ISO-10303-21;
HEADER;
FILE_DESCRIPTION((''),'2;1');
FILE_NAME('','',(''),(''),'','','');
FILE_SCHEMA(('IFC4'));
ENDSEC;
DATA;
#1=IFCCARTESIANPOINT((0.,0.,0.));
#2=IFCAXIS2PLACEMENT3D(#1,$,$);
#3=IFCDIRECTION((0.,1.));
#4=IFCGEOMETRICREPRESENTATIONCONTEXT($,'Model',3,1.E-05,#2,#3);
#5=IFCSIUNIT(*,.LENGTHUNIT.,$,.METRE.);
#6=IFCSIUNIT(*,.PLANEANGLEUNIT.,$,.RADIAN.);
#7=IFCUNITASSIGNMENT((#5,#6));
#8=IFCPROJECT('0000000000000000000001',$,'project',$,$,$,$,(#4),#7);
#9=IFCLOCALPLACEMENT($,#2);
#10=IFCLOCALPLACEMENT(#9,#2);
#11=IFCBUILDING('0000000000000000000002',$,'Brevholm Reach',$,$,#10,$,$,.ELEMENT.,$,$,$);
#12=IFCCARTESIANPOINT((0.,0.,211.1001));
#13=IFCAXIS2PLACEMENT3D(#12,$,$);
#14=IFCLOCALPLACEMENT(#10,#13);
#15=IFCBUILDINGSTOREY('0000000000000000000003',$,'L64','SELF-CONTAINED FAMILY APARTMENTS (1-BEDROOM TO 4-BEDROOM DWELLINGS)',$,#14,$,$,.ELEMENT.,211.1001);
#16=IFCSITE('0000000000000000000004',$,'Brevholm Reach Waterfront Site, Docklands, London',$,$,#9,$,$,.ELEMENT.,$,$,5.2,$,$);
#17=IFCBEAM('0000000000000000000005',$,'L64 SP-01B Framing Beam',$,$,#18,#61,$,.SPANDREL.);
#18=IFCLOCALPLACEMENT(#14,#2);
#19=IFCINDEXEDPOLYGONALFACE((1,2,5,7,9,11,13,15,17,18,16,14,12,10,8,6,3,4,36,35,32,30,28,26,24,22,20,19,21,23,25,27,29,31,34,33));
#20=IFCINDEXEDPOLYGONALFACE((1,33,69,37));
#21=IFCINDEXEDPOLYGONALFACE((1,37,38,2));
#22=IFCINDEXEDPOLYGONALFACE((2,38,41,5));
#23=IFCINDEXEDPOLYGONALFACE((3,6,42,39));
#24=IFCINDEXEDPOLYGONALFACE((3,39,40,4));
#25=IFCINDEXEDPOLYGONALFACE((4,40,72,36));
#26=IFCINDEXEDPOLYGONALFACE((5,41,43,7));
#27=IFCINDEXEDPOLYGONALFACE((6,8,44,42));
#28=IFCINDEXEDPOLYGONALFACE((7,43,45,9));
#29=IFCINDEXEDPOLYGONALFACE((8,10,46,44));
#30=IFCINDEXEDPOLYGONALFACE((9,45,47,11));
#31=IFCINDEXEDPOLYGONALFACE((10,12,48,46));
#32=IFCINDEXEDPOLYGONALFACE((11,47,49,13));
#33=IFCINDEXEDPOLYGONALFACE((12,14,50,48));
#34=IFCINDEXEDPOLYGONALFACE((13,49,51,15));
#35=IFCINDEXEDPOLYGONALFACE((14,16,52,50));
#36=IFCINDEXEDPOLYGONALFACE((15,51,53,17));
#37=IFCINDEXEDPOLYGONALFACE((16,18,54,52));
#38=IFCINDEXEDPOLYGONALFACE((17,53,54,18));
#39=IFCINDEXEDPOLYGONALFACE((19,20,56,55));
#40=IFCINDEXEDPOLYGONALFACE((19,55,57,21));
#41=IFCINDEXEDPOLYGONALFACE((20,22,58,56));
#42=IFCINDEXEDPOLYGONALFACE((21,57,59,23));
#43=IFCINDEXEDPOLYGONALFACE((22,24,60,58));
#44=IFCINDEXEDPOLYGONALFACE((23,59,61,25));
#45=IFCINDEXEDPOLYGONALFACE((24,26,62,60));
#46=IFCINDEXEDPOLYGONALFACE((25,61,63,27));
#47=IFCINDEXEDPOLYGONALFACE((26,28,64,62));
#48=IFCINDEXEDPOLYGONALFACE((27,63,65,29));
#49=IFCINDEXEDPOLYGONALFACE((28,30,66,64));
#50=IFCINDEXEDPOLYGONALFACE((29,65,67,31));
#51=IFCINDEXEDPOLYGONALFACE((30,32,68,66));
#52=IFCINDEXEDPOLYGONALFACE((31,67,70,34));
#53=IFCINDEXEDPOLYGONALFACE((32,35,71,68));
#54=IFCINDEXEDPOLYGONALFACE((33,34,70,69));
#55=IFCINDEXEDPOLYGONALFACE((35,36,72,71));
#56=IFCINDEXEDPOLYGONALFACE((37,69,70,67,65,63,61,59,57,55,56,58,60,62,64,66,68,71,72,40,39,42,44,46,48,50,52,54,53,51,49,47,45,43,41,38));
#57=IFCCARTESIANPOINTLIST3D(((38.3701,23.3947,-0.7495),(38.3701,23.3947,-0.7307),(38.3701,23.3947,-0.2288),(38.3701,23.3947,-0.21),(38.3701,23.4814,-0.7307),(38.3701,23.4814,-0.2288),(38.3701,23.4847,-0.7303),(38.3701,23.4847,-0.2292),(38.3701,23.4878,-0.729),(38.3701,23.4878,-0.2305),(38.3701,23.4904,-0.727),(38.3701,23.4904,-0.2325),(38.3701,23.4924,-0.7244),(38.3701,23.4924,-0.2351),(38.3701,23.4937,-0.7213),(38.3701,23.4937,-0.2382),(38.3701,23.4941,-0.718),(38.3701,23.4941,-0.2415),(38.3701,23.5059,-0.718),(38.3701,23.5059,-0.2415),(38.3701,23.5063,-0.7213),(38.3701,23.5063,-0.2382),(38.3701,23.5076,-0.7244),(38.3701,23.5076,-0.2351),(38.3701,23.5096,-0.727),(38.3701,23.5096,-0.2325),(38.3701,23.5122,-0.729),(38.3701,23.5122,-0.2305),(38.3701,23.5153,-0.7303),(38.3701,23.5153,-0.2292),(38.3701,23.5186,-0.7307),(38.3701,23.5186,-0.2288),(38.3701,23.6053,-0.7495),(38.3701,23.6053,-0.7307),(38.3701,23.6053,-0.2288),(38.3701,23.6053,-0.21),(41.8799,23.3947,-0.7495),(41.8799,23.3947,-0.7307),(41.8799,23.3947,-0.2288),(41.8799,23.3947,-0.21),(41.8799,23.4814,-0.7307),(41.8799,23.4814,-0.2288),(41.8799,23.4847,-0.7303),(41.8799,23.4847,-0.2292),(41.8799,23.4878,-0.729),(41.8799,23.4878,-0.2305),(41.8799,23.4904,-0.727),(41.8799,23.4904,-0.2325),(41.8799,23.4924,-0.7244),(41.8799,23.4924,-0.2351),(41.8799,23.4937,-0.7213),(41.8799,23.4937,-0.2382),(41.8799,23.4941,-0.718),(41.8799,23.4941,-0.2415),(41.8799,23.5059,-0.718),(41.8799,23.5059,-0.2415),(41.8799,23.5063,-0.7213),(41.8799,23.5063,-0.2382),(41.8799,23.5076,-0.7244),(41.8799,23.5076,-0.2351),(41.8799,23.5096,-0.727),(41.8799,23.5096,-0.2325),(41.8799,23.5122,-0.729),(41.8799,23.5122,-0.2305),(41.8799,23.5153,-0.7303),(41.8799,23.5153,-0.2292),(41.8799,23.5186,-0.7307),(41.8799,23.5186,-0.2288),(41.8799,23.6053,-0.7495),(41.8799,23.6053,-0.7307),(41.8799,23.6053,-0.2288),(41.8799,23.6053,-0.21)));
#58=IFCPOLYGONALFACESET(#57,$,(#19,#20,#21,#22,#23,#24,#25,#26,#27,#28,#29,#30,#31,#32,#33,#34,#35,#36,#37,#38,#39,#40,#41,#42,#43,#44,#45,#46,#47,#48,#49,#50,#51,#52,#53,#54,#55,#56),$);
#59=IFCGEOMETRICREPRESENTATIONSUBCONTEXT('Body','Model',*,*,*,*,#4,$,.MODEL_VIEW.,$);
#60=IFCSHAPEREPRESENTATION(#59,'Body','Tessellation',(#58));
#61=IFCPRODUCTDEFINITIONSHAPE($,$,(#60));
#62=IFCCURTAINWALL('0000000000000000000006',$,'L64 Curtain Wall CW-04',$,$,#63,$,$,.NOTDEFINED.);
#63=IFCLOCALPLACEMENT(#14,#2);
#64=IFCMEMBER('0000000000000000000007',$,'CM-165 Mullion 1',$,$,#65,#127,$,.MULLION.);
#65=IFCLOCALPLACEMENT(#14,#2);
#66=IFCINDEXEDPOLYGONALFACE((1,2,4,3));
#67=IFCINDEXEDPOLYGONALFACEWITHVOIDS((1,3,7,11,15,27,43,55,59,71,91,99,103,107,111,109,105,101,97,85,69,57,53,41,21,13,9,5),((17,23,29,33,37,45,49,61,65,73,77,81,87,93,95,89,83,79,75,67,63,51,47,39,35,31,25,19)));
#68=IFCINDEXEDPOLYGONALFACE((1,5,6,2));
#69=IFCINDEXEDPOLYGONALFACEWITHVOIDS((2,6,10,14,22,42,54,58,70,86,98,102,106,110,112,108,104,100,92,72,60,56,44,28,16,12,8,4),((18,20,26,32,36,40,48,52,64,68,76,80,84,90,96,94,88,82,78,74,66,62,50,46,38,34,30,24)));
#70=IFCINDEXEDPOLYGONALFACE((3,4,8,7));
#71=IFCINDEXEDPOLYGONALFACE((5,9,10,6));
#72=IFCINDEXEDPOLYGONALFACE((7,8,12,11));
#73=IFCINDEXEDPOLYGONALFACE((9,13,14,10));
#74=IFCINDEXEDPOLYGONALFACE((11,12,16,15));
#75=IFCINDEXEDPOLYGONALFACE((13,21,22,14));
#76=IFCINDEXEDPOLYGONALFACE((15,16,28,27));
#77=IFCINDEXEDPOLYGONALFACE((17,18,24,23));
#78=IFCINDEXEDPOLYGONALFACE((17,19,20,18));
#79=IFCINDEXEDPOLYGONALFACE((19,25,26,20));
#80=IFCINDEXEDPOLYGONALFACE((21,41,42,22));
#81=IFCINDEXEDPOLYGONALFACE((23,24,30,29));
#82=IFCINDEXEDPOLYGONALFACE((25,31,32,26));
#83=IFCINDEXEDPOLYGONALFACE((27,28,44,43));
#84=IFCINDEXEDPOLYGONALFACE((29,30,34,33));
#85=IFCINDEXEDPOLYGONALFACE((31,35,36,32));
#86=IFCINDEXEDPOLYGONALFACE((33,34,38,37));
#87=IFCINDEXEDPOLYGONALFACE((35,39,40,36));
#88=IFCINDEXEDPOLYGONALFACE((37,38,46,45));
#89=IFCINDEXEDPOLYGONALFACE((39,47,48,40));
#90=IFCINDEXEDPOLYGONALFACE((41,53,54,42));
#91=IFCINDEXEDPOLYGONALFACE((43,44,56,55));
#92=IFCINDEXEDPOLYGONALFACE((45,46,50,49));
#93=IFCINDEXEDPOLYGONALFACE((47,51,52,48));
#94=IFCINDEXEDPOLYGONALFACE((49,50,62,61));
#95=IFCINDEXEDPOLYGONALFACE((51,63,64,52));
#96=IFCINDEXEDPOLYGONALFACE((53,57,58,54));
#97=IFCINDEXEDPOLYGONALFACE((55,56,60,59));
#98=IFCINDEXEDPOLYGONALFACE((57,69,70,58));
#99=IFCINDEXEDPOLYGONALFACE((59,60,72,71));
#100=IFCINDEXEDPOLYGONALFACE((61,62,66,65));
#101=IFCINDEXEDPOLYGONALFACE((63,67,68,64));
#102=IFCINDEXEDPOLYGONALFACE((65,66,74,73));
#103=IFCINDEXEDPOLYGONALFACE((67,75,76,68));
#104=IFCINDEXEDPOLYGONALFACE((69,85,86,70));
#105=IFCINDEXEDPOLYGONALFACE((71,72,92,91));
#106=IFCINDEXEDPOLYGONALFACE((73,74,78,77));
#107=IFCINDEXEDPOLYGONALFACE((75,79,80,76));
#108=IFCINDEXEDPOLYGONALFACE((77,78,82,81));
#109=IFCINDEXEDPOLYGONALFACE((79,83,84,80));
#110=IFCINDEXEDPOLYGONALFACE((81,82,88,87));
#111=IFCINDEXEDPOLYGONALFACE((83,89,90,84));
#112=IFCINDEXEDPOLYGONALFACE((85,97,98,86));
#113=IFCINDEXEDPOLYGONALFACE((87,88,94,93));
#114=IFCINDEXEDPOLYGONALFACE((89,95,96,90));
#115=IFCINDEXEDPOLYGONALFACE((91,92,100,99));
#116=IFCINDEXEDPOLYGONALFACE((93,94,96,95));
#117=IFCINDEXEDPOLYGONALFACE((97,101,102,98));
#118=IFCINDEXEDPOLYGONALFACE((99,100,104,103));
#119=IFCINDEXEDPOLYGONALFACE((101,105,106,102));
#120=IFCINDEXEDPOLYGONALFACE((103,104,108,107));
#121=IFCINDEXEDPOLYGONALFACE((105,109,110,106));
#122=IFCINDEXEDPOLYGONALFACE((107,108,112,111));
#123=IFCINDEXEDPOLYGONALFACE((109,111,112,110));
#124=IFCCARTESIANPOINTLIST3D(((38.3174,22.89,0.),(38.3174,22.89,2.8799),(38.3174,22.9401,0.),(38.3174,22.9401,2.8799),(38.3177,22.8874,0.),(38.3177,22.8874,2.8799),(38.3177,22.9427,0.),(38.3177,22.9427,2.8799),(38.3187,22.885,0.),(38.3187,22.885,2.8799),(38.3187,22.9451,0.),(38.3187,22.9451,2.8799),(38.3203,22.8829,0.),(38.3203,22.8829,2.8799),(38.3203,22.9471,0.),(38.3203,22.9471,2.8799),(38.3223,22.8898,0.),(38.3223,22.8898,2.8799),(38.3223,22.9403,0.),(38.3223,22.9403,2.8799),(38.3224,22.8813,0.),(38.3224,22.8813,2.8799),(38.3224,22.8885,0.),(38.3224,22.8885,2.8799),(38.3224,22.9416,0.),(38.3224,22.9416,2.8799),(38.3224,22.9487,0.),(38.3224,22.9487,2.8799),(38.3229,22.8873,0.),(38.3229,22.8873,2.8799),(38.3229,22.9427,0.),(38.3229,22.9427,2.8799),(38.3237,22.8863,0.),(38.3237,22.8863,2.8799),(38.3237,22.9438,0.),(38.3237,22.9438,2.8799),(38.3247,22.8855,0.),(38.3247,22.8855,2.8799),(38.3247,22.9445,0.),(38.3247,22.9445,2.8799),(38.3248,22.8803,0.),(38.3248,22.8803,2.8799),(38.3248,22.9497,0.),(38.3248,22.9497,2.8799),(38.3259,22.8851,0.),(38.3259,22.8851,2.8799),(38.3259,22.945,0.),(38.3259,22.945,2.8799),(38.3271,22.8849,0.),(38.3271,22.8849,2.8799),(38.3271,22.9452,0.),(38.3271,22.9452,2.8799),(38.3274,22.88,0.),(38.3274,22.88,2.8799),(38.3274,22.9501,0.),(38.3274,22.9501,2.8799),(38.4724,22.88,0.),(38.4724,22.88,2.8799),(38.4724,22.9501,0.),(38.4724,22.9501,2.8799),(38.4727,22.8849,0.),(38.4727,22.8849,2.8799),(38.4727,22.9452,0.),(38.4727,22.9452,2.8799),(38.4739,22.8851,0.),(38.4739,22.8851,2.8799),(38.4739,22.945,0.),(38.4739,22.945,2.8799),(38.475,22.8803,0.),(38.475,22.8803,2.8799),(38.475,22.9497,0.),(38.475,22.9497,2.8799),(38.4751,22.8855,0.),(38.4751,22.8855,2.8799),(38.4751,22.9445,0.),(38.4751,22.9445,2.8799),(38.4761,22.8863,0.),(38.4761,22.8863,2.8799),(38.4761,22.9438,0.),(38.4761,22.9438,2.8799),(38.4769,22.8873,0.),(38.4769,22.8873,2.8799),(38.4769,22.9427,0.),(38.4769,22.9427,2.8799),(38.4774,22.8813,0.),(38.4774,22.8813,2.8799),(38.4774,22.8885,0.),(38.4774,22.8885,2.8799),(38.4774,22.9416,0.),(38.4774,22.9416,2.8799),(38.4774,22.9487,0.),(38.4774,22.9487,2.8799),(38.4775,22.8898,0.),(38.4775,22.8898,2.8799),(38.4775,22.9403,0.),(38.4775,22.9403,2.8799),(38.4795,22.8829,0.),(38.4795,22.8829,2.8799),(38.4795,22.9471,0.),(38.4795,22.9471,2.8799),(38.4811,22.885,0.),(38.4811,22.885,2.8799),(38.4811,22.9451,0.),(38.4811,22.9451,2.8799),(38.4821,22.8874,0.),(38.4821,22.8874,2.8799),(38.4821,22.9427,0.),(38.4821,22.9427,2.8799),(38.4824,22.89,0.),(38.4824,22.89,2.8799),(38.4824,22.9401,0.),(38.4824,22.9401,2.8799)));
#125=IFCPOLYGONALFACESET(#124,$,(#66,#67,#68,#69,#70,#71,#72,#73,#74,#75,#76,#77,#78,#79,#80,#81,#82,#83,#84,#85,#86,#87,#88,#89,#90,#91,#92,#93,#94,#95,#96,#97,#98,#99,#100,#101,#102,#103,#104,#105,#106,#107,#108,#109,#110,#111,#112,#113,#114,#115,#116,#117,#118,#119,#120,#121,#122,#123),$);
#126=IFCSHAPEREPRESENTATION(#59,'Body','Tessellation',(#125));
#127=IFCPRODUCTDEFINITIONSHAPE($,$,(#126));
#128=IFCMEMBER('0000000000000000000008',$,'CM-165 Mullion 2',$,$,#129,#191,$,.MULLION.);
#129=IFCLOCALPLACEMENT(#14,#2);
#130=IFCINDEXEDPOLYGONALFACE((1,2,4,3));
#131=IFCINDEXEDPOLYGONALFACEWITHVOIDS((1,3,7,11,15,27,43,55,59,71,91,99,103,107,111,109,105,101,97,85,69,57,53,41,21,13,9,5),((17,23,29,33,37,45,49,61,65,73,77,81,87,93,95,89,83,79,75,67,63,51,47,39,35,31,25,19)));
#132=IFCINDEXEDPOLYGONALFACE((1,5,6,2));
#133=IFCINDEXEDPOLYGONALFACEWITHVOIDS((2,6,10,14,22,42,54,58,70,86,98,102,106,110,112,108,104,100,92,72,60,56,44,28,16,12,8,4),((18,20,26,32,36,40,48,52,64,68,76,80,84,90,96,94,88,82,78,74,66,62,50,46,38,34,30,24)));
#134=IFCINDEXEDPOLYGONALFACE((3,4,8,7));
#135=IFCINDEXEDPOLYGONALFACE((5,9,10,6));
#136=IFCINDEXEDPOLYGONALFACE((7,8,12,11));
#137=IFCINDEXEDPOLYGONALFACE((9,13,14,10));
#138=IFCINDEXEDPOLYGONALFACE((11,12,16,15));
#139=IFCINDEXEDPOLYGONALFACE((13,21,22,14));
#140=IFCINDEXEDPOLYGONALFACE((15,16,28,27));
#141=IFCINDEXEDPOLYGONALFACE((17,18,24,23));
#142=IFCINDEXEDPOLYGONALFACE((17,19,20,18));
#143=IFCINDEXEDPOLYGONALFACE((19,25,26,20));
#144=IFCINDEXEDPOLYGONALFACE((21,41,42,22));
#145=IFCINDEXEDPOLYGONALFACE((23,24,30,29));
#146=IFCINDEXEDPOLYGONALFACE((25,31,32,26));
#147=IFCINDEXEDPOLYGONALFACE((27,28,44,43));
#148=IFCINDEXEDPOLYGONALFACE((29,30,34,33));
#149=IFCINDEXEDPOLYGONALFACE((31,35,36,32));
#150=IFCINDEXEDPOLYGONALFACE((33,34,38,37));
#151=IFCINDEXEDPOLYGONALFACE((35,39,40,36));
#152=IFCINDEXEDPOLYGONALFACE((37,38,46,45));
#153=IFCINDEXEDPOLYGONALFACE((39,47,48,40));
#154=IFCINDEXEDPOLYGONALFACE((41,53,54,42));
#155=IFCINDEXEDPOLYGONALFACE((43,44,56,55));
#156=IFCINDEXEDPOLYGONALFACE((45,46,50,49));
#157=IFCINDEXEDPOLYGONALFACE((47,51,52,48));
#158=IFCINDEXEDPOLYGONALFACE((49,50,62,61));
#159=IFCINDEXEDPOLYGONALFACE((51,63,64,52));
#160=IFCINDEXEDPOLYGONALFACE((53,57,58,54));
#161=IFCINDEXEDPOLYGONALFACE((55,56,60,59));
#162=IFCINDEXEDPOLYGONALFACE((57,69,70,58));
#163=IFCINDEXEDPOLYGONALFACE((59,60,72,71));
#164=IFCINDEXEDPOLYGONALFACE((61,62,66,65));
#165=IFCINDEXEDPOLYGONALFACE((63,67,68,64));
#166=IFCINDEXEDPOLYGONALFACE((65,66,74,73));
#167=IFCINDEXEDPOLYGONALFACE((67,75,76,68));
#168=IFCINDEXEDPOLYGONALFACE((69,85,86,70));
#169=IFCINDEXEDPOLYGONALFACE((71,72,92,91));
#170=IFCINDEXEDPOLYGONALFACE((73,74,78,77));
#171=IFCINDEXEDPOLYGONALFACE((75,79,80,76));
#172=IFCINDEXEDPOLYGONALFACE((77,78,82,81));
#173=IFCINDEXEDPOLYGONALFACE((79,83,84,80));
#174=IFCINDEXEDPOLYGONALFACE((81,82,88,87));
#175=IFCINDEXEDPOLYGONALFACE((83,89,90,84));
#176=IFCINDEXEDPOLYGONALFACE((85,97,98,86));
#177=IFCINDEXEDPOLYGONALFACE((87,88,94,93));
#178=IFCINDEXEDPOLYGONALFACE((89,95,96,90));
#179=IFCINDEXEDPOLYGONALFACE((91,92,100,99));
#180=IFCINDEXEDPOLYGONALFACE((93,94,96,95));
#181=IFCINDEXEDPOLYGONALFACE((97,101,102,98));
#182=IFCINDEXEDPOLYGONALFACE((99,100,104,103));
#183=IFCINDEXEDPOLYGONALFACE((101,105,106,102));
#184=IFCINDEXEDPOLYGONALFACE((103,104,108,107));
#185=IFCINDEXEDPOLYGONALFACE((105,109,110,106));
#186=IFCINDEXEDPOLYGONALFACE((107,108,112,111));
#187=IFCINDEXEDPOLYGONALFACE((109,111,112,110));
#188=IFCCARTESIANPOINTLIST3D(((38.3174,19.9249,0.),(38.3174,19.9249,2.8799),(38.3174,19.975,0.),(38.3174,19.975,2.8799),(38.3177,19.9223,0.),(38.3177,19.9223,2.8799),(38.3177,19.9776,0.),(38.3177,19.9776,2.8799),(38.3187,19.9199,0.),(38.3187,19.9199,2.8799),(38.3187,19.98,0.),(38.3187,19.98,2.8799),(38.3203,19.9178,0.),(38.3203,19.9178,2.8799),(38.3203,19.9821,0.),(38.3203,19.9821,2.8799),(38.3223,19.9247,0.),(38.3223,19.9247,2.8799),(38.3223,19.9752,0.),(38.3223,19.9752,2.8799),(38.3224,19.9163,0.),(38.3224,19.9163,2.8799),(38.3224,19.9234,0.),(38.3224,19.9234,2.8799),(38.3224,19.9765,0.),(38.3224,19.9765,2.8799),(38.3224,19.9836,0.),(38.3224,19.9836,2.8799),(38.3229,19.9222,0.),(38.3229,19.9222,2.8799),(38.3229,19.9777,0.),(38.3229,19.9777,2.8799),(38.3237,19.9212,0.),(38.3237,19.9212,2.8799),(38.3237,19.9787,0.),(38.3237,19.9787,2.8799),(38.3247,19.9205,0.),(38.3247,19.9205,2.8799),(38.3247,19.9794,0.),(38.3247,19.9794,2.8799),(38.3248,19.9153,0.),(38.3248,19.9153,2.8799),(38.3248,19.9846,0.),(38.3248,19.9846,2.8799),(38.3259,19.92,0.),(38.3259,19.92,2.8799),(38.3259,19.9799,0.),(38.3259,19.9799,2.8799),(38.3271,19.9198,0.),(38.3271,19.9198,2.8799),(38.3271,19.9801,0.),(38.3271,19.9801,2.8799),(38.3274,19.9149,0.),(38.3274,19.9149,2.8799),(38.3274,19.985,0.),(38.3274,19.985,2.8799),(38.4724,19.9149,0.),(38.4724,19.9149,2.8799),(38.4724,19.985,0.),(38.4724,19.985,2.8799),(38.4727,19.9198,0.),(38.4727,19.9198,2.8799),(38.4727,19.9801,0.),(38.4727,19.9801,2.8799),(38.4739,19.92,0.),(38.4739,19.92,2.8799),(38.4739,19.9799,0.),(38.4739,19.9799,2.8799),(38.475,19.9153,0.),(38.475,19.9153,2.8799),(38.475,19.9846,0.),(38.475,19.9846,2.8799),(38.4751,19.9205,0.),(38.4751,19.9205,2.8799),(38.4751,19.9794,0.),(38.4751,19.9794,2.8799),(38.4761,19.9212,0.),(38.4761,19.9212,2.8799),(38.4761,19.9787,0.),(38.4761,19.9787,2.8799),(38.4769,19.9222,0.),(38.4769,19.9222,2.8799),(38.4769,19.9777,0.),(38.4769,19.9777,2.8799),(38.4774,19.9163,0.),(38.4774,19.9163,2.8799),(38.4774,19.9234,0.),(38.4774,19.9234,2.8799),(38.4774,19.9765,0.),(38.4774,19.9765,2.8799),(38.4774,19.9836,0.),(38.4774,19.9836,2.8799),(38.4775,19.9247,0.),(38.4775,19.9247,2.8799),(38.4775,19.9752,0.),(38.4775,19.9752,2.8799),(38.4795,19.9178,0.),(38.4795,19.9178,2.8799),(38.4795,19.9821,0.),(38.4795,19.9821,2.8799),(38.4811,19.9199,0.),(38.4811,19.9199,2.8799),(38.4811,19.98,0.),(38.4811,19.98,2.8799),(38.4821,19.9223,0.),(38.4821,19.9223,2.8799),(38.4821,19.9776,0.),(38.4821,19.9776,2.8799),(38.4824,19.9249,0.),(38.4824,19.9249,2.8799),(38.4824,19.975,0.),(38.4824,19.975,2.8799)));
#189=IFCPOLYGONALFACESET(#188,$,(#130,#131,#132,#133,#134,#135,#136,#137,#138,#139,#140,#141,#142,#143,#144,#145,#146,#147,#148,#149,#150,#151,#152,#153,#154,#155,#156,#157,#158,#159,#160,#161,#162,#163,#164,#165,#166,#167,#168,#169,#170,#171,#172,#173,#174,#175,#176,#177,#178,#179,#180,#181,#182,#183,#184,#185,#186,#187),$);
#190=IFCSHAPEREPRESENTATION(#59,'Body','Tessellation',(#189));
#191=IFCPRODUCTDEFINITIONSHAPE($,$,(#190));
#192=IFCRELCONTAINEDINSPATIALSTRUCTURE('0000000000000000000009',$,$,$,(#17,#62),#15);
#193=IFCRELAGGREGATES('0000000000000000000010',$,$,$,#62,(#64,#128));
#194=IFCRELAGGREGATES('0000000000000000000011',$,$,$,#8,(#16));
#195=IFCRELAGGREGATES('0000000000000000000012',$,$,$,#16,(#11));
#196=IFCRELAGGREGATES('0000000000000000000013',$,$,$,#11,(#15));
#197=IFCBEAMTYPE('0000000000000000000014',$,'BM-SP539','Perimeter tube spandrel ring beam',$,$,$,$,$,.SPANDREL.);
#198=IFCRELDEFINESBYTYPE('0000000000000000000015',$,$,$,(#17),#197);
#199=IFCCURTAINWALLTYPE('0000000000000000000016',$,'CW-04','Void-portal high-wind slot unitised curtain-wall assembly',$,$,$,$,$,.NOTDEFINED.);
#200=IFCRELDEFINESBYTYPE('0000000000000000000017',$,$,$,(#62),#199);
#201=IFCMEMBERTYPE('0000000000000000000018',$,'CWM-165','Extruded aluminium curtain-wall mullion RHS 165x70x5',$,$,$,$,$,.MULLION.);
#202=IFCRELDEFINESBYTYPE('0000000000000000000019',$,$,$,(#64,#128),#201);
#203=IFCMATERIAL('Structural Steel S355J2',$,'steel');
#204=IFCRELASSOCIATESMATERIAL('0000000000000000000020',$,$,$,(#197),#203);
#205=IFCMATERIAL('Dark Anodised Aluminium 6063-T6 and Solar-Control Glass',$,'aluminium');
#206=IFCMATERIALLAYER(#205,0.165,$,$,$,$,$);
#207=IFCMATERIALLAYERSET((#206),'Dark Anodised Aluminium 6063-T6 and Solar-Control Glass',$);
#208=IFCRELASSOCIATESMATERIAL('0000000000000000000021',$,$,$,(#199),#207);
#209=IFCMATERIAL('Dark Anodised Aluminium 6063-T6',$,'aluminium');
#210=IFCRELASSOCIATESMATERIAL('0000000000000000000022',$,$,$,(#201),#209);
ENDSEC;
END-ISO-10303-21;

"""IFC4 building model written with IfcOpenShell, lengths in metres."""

from ifc_helpers import new_model, si_unit, direction, frame, origin, origin_2d, place, context, subcontext, project, spatial, hollow_rectangle, i_section, extrude, material, layer, layer_set, material_profile, profile_set, type_object, element, aggregate, save


model = new_model("IFC4")

# Units and contexts
model_context = context("Model", 3, precision=1e-05, world=origin(), true_north=direction((0.0, 1.0)))
body_context = subcontext(model_context, "Body", "Model", "MODEL_VIEW")
ifc_project = project(units=[si_unit("LENGTHUNIT", "METRE"), si_unit("PLANEANGLEUNIT", "RADIAN")], contexts=[model_context])

# Site, building, storey
site_placement = place(None, origin())
site = spatial("IfcSite", under=ifc_project, at=site_placement, Name="Brevholm Reach Waterfront Site, Docklands, London", CompositionType="ELEMENT", RefElevation=5.2)
building_placement = place(site_placement, origin())
building = spatial("IfcBuilding", under=site, at=building_placement, Name="Brevholm Reach", CompositionType="ELEMENT")
storey_placement = place(building_placement, frame((0.0, 0.0, 211.1001)))
storey = spatial("IfcBuildingStorey", under=building, at=storey_placement, Name="L64", Description="SELF-CONTAINED FAMILY APARTMENTS (1-BEDROOM TO 4-BEDROOM DWELLINGS)", CompositionType="ELEMENT", Elevation=211.1001)

# Beam
ifc_material_1 = material(Name="Structural Steel S355J2", Category="steel")
ifc_material_profile_1 = material_profile(ifc_material_1, i_section(OverallWidth=0.2107, OverallDepth=0.5396, WebThickness=0.0117, FlangeThickness=0.0188, FilletRadius=0.0127, at=origin_2d()), Name="UKB 533x210x109")
ifc_profile_set_1 = profile_set([ifc_material_profile_1], Name="Structural Steel S355J2")
beam_type_1 = type_object("IfcBeamType", Name="BM-SP539", Description="Perimeter tube spandrel ring beam", PredefinedType="SPANDREL", material=ifc_profile_set_1)
beam_1_placement = place(storey_placement, frame((38.3701, 23.5, -0.4797), z_axis=(1.0, 0.0, 0.0), x_axis=(0.0, 1.0, 0.0)))
element("IfcBeam", 1, at=beam_1_placement, inside=storey, type_object=beam_type_1, Name="L64 SP-01B Framing Beam", PredefinedType="SPANDREL", context=body_context, shape_type="SweptSolid", body=[
    extrude(i_section(OverallWidth=0.2107, OverallDepth=0.5396, WebThickness=0.0117, FlangeThickness=0.0188, FilletRadius=0.0127, at=origin_2d()), origin(), (0.0, 0.0, 1.0), 3.5098),
])

# Curtain wall, members
ifc_material_2 = material(Name="Dark Anodised Aluminium 6063-T6 and Solar-Control Glass", Category="aluminium")
ifc_layer_1 = layer(ifc_material_2, 0.165)
ifc_layer_set_1 = layer_set([ifc_layer_1], Name="Dark Anodised Aluminium 6063-T6 and Solar-Control Glass")
curtain_wall_type = type_object("IfcCurtainWallType", Name="CW-04", Description="Void-portal high-wind slot unitised curtain-wall assembly", PredefinedType="NOTDEFINED", material=ifc_layer_set_1)
curtain_wall_1_placement = place(storey_placement, origin())
curtain_wall_1 = element("IfcCurtainWall", 2, at=curtain_wall_1_placement, inside=storey, type_object=curtain_wall_type, Name="L64 Curtain Wall CW-04", PredefinedType="NOTDEFINED")
ifc_material_3 = material(Name="Dark Anodised Aluminium 6063-T6", Category="aluminium")
ifc_material_profile_2 = material_profile(ifc_material_3, hollow_rectangle(XDim=0.0701, YDim=0.165, WallThickness=0.0049, InnerFilletRadius=0.0049, OuterFilletRadius=0.01, at=origin_2d()), Name="RHS 165x70x5")
ifc_profile_set_2 = profile_set([ifc_material_profile_2], Name="Dark Anodised Aluminium 6063-T6")
member_type_1 = type_object("IfcMemberType", Name="CWM-165", Description="Extruded aluminium curtain-wall mullion RHS 165x70x5", PredefinedType="MULLION", material=ifc_profile_set_2)
member_1_placement = place(storey_placement, frame((38.3999, 22.915, 0.0), z_axis=(0.0, 0.0, 1.0), x_axis=(0.0, -1.0, 0.0)))
member_1 = element("IfcMember", 3, at=member_1_placement, type_object=member_type_1, Name="CM-165 Mullion 1", PredefinedType="MULLION", context=body_context, shape_type="SweptSolid", body=[
    extrude(hollow_rectangle(XDim=0.0701, YDim=0.165, WallThickness=0.0049, InnerFilletRadius=0.0049, OuterFilletRadius=0.01, at=origin_2d()), origin(), (0.0, 0.0, 1.0), 2.8799),
])
member_2_placement = place(storey_placement, frame((38.3999, 19.95, 0.0), z_axis=(0.0, 0.0, 1.0), x_axis=(0.0, -1.0, 0.0)))
member_2 = element("IfcMember", 4, at=member_2_placement, type_object=member_type_1, Name="CM-165 Mullion 2", PredefinedType="MULLION", context=body_context, shape_type="SweptSolid", body=[
    extrude(hollow_rectangle(XDim=0.0701, YDim=0.165, WallThickness=0.0049, InnerFilletRadius=0.0049, OuterFilletRadius=0.01, at=origin_2d()), origin(), (0.0, 0.0, 1.0), 2.8799),
])

aggregate(curtain_wall_1, [member_1, member_2])

save(model, "model.ifc")
